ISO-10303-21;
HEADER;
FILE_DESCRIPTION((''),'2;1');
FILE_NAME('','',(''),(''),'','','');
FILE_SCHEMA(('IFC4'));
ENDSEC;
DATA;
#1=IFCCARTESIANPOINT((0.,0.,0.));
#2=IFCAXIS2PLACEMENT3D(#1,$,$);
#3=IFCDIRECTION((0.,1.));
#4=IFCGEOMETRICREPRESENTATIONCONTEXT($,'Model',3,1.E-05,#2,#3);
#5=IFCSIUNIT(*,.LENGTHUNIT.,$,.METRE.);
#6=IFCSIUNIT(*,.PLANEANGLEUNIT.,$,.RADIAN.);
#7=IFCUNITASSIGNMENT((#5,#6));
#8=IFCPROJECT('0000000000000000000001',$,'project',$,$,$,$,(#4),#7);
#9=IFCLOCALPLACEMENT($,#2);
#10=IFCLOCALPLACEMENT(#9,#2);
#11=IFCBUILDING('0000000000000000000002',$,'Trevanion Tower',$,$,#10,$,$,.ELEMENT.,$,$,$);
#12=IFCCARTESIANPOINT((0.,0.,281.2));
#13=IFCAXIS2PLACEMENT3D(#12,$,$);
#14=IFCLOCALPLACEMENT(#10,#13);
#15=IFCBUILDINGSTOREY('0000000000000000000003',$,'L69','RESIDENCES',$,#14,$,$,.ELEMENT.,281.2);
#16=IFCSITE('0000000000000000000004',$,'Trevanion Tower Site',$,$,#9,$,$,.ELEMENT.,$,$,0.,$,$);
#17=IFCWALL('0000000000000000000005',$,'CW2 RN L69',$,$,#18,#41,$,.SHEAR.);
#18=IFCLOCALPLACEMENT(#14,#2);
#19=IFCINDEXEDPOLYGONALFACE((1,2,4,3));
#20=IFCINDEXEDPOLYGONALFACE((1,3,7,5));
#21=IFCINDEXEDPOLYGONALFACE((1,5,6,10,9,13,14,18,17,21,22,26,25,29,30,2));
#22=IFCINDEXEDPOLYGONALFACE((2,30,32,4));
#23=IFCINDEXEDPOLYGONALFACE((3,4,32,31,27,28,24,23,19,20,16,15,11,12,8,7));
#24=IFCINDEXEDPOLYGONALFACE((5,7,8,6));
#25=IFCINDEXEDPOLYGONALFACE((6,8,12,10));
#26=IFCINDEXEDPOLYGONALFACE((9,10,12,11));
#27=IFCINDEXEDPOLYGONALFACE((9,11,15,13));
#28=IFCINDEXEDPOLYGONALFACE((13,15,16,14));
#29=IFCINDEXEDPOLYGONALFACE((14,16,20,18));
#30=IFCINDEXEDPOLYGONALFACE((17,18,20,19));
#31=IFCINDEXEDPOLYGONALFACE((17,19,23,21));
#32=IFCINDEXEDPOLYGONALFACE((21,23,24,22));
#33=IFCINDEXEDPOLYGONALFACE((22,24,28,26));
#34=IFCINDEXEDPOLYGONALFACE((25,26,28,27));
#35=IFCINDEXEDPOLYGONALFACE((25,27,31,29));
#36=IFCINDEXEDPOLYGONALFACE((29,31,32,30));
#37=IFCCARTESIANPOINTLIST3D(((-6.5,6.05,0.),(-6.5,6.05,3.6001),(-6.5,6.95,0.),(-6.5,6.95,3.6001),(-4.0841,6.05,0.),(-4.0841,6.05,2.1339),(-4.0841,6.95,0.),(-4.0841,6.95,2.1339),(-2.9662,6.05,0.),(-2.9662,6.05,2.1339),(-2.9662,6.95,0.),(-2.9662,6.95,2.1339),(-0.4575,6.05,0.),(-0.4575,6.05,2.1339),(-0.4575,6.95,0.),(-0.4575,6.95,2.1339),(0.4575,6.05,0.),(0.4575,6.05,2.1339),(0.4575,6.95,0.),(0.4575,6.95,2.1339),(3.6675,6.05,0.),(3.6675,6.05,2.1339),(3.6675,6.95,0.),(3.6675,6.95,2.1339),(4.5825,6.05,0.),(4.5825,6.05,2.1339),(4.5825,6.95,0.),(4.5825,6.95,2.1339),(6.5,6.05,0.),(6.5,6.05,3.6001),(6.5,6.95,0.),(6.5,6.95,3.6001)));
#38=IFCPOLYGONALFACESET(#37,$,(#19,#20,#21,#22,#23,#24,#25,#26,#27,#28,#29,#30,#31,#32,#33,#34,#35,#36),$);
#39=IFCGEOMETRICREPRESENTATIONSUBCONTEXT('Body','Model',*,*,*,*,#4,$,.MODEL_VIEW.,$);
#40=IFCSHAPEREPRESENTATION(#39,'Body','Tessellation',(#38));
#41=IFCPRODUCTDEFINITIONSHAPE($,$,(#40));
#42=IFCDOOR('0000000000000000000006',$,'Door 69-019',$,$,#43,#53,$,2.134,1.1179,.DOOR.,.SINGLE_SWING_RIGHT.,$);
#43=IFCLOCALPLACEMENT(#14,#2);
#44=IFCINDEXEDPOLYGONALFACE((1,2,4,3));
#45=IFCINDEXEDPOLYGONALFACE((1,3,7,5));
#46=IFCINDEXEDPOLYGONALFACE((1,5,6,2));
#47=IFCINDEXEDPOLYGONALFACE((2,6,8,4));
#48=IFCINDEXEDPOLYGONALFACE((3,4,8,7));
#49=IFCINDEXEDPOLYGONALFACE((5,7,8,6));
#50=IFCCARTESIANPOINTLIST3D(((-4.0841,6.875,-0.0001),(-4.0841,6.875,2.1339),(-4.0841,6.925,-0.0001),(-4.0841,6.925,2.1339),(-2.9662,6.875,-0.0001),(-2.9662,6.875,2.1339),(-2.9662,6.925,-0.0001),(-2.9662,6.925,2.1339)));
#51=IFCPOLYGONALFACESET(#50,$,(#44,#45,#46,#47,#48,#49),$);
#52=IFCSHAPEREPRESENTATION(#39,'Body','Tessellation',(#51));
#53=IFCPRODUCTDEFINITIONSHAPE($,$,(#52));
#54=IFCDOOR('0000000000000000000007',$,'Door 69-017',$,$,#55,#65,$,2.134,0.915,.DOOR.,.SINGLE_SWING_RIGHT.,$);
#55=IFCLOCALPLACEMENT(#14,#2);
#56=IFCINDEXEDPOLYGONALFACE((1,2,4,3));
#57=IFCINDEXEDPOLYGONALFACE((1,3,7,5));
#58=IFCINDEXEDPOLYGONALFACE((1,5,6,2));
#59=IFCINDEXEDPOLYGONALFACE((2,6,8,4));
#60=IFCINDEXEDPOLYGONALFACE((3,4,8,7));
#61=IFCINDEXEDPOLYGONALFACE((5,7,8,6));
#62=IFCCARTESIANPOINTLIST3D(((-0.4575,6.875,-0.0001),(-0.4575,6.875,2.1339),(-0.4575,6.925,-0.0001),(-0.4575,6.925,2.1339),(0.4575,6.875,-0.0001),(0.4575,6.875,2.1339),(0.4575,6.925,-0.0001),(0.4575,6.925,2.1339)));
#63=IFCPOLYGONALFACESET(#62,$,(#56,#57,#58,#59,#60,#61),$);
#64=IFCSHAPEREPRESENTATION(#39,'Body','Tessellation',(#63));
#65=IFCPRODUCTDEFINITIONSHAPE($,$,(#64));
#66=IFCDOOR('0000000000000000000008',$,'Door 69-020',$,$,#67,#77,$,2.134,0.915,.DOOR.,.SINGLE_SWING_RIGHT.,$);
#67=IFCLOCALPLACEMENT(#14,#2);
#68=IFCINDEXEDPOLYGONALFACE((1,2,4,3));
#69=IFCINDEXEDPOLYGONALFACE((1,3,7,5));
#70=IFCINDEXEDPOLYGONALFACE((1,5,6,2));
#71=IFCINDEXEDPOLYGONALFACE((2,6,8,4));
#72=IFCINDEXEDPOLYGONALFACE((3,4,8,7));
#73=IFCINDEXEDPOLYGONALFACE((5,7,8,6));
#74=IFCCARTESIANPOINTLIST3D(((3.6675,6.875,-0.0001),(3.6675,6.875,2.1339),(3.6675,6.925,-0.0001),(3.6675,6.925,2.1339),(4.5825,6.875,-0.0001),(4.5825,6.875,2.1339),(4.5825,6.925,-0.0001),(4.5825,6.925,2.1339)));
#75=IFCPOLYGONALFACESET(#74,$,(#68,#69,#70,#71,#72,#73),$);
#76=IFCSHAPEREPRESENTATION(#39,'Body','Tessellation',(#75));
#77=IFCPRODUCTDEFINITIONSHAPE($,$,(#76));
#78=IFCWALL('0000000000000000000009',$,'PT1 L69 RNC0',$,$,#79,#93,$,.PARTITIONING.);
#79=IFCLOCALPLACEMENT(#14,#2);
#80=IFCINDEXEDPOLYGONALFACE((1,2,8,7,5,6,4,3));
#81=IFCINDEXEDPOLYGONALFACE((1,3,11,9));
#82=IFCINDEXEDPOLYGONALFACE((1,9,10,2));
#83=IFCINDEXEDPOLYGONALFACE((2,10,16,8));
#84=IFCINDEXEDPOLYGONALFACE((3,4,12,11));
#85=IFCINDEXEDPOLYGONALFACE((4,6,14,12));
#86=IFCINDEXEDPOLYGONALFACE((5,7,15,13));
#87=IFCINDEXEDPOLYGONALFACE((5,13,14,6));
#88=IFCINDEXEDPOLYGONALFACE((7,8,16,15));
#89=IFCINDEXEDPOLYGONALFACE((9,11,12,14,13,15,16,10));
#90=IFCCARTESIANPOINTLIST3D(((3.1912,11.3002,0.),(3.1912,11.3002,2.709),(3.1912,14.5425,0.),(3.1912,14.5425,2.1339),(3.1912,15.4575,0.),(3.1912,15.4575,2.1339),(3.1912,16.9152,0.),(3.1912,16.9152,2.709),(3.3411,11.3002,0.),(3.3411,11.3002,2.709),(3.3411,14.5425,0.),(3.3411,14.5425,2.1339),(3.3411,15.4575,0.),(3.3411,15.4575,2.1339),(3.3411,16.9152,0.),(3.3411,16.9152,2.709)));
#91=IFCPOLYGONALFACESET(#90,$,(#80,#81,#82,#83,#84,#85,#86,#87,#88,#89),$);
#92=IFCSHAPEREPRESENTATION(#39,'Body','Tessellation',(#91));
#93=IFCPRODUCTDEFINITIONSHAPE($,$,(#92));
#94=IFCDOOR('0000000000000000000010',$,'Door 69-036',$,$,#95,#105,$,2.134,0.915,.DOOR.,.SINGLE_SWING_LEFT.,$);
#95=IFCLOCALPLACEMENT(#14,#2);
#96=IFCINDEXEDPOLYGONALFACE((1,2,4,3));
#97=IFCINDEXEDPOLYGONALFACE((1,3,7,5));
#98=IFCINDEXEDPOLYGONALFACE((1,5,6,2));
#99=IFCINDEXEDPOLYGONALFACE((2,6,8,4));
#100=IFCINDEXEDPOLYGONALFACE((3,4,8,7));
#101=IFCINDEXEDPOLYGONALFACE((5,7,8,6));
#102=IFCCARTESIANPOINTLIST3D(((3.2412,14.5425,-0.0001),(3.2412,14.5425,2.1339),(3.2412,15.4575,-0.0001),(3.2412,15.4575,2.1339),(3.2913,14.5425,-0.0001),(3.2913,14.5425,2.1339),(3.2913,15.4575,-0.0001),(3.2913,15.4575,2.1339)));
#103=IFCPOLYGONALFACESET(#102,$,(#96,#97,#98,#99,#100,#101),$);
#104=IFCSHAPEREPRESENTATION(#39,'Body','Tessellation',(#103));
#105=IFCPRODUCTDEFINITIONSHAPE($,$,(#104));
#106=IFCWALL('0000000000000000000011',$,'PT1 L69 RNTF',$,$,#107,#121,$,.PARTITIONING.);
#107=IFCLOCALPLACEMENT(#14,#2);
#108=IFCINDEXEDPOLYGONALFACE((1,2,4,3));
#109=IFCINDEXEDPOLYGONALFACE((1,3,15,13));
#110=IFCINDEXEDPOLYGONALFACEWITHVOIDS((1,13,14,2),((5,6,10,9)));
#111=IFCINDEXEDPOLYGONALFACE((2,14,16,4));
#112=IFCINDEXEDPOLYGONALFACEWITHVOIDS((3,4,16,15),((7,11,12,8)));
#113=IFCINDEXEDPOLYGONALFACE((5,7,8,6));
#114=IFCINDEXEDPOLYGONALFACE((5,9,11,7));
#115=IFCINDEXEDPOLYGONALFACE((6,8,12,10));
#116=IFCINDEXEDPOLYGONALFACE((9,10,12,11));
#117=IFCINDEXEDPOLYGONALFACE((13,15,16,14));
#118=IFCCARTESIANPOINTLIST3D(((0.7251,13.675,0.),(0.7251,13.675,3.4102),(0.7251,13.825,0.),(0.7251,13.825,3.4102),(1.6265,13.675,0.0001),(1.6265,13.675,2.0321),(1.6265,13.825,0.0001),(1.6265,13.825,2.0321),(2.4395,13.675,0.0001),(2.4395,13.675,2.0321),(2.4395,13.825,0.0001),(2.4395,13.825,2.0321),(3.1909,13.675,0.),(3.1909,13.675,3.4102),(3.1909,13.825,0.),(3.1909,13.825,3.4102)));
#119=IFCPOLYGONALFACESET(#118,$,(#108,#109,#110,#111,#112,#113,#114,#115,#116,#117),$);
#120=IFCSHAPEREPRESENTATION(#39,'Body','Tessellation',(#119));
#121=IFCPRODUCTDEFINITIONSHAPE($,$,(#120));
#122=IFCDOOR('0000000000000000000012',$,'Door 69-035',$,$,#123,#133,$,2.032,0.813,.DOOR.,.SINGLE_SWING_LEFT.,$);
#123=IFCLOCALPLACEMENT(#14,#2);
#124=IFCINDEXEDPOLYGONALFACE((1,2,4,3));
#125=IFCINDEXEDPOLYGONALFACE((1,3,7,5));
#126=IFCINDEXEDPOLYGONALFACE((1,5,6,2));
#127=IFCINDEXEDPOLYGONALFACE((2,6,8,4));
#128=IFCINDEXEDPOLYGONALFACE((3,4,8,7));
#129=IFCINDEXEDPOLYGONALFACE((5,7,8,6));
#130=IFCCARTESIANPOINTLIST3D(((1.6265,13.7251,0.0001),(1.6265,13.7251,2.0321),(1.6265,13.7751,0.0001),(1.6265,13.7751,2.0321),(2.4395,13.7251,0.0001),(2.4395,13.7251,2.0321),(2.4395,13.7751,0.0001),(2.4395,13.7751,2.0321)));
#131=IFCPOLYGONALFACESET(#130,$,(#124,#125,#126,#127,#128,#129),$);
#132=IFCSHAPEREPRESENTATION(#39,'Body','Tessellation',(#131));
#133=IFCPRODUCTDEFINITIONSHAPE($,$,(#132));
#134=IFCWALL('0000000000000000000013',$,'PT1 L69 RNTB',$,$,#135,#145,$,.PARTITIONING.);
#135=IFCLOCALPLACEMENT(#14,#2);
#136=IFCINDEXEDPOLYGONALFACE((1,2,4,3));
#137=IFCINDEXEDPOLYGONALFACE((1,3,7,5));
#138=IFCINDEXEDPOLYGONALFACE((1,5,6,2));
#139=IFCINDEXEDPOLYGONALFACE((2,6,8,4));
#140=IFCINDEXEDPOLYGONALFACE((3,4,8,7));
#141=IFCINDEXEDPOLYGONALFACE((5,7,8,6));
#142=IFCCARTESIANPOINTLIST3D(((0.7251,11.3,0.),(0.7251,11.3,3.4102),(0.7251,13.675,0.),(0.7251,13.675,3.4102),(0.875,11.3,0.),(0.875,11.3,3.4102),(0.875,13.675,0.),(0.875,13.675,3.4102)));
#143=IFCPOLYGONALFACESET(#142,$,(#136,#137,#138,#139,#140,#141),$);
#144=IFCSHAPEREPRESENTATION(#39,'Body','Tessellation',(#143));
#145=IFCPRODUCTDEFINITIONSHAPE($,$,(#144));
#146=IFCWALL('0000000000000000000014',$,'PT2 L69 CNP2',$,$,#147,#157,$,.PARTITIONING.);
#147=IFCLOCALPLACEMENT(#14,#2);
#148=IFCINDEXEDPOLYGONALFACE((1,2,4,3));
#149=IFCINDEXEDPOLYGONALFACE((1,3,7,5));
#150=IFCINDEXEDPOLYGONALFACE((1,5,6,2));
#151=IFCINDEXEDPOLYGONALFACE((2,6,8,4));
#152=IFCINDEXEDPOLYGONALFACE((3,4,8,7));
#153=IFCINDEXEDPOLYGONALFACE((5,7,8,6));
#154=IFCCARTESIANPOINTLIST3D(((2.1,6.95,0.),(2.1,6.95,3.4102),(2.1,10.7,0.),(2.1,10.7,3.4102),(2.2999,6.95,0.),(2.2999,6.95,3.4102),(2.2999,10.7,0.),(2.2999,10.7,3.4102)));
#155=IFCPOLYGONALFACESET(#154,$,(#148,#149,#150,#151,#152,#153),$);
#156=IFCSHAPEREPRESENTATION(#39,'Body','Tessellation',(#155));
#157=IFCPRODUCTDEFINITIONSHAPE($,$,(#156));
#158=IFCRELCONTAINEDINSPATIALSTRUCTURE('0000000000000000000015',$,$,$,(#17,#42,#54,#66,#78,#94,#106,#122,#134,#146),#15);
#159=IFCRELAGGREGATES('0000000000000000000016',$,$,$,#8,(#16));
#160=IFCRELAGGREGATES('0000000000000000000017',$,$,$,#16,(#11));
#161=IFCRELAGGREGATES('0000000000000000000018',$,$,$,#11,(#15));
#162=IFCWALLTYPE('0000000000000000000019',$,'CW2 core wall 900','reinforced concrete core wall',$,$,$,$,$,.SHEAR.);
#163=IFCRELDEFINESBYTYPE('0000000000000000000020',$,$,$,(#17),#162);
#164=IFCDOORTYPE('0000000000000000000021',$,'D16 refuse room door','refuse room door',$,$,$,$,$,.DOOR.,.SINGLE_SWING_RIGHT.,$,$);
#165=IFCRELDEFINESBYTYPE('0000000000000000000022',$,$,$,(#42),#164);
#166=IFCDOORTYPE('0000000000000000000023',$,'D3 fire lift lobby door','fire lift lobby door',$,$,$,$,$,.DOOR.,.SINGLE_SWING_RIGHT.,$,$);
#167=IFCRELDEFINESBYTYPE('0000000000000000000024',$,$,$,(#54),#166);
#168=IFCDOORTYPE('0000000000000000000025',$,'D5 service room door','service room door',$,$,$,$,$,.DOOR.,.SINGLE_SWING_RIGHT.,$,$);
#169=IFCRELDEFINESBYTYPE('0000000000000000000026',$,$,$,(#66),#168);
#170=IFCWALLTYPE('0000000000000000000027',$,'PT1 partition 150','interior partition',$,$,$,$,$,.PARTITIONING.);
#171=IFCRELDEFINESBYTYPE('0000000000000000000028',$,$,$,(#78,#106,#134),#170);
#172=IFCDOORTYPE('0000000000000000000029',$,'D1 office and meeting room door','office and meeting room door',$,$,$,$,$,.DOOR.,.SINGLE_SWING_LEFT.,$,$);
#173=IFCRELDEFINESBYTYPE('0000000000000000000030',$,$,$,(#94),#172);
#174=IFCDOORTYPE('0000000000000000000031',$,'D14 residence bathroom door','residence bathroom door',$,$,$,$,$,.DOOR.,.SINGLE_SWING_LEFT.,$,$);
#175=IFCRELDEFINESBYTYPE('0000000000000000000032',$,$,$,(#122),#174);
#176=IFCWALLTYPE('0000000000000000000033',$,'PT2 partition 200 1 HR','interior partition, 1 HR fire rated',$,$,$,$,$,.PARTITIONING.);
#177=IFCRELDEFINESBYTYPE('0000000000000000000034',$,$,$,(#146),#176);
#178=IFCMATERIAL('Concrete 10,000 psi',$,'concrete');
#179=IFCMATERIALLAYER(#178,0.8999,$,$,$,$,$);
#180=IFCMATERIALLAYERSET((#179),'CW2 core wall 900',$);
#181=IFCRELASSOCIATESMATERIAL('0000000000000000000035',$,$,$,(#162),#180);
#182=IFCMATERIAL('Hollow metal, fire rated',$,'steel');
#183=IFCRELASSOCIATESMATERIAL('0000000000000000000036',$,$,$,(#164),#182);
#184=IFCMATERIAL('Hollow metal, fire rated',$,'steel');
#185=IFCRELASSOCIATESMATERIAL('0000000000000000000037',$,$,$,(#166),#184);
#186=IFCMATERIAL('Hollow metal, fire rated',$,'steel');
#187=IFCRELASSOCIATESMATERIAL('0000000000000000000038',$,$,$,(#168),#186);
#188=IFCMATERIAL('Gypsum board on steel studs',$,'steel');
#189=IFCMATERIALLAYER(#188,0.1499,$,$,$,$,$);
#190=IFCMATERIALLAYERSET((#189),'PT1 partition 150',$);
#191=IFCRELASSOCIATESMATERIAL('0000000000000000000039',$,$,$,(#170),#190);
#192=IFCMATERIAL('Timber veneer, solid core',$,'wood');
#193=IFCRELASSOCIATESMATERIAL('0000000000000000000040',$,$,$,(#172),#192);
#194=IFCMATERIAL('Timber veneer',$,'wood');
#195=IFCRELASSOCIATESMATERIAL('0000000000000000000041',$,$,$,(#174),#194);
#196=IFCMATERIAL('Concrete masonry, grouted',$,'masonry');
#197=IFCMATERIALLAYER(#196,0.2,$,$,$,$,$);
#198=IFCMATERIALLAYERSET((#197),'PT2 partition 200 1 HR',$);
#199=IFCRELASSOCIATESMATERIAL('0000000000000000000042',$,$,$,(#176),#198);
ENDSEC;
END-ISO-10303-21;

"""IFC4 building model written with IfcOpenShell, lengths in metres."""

from ifc_helpers import new_model, si_unit, direction, frame, frame_2d, origin, place, context, subcontext, project, spatial, rectangle, extrude, material, layer, layer_set, type_object, element, fill, save


model = new_model("IFC4")

# Units and contexts
model_context = context("Model", 3, precision=1e-05, world=origin(), true_north=direction((0.0, 1.0)))
body_context = subcontext(model_context, "Body", "Model", "MODEL_VIEW")
ifc_project = project(units=[si_unit("LENGTHUNIT", "METRE"), si_unit("PLANEANGLEUNIT", "RADIAN")], contexts=[model_context])

# Site, building, storey
site_placement = place(None, origin())
site = spatial("IfcSite", under=ifc_project, at=site_placement, Name="Trevanion Tower Site", CompositionType="ELEMENT", RefElevation=0.0)
building_placement = place(site_placement, origin())
building = spatial("IfcBuilding", under=site, at=building_placement, Name="Trevanion Tower", CompositionType="ELEMENT")
storey_placement = place(building_placement, frame((0.0, 0.0, 281.2)))
storey = spatial("IfcBuildingStorey", under=building, at=storey_placement, Name="L69", Description="RESIDENCES", CompositionType="ELEMENT", Elevation=281.2)

# Wall, openings, doors
ifc_material_1 = material(Name="Concrete 10,000 psi", Category="concrete")
ifc_layer_1 = layer(ifc_material_1, 0.8999)
ifc_layer_set_1 = layer_set([ifc_layer_1], Name="CW2 core wall 900")
wall_type_1 = type_object("IfcWallType", Name="CW2 core wall 900", Description="reinforced concrete core wall", PredefinedType="SHEAR", material=ifc_layer_set_1)
wall_1_placement = place(storey_placement, frame((6.5, 6.5, 0.0), z_axis=(0.0, 0.0, 1.0), x_axis=(-1.0, 0.0, 0.0)))
wall_1 = element("IfcWall", 1, at=wall_1_placement, inside=storey, type_object=wall_type_1, Name="CW2 RN L69", PredefinedType="SHEAR", context=body_context, shape_type="SweptSolid", body=[
    extrude(rectangle(XDim=13.0, YDim=0.8999, at=frame_2d((6.5, 0.0))), origin(), (0.0, 0.0, 1.0), 3.6001),
])
opening_1_placement = place(wall_1_placement, frame((6.0425, 0.0, 0.0)))
opening_1 = element("IfcOpeningElement", 2, at=opening_1_placement, cuts=wall_1, PredefinedType="OPENING", context=body_context, shape_type="SweptSolid", body=[
    extrude(rectangle(XDim=0.915, YDim=2.134, at=frame_2d((0.4575, 1.0669))), frame((0.0, 0.46, 0.0), z_axis=(0.0, -1.0, 0.0), x_axis=(1.0, 0.0, 0.0)), (0.0, 0.0, 1.0), 0.9199),
])
opening_2_placement = place(wall_1_placement, frame((9.4661, 0.0, 0.0)))
opening_2 = element("IfcOpeningElement", 3, at=opening_2_placement, cuts=wall_1, PredefinedType="OPENING", context=body_context, shape_type="SweptSolid", body=[
    extrude(rectangle(XDim=1.1179, YDim=2.134, at=frame_2d((0.5591, 1.0669))), frame((0.0, 0.46, 0.0), z_axis=(0.0, -1.0, 0.0), x_axis=(1.0, 0.0, 0.0)), (0.0, 0.0, 1.0), 0.9199),
])
opening_3_placement = place(wall_1_placement, frame((1.9175, 0.0, 0.0)))
opening_3 = element("IfcOpeningElement", 4, at=opening_3_placement, cuts=wall_1, PredefinedType="OPENING", context=body_context, shape_type="SweptSolid", body=[
    extrude(rectangle(XDim=0.915, YDim=2.134, at=frame_2d((0.4575, 1.0669))), frame((0.0, 0.46, 0.0), z_axis=(0.0, -1.0, 0.0), x_axis=(1.0, 0.0, 0.0)), (0.0, 0.0, 1.0), 0.9199),
])
ifc_material_2 = material(Name="Hollow metal, fire rated", Category="steel")
door_type_1 = type_object("IfcDoorType", Name="D16 refuse room door", Description="refuse room door", OperationType="SINGLE_SWING_RIGHT", PredefinedType="DOOR", material=ifc_material_2)
door_1_placement = place(opening_2_placement, origin())
door_1 = element("IfcDoor", 5, at=door_1_placement, inside=storey, type_object=door_type_1, Name="Door 69-019", OperationType="SINGLE_SWING_RIGHT", OverallHeight=2.134, OverallWidth=1.1179, PredefinedType="DOOR", context=body_context, shape_type="SweptSolid", body=[
    extrude(rectangle(XDim=1.1179, YDim=2.134, at=frame_2d((0.5591, 1.0669))), frame((0.0, -0.375, 0.0), z_axis=(0.0, -1.0, 0.0), x_axis=(1.0, 0.0, 0.0)), (0.0, 0.0, 1.0), 0.05),
])
fill(opening_2, door_1)
ifc_material_3 = material(Name="Hollow metal, fire rated", Category="steel")
door_type_2 = type_object("IfcDoorType", Name="D3 fire lift lobby door", Description="fire lift lobby door", OperationType="SINGLE_SWING_RIGHT", PredefinedType="DOOR", material=ifc_material_3)
door_2_placement = place(opening_1_placement, origin())
door_2 = element("IfcDoor", 6, at=door_2_placement, inside=storey, type_object=door_type_2, Name="Door 69-017", OperationType="SINGLE_SWING_RIGHT", OverallHeight=2.134, OverallWidth=0.915, PredefinedType="DOOR", context=body_context, shape_type="SweptSolid", body=[
    extrude(rectangle(XDim=0.915, YDim=2.134, at=frame_2d((0.4575, 1.0669))), frame((0.0, -0.375, 0.0), z_axis=(0.0, -1.0, 0.0), x_axis=(1.0, 0.0, 0.0)), (0.0, 0.0, 1.0), 0.05),
])
fill(opening_1, door_2)
ifc_material_4 = material(Name="Hollow metal, fire rated", Category="steel")
door_type_3 = type_object("IfcDoorType", Name="D5 service room door", Description="service room door", OperationType="SINGLE_SWING_RIGHT", PredefinedType="DOOR", material=ifc_material_4)
door_3_placement = place(opening_3_placement, origin())
door_3 = element("IfcDoor", 7, at=door_3_placement, inside=storey, type_object=door_type_3, Name="Door 69-020", OperationType="SINGLE_SWING_RIGHT", OverallHeight=2.134, OverallWidth=0.915, PredefinedType="DOOR", context=body_context, shape_type="SweptSolid", body=[
    extrude(rectangle(XDim=0.915, YDim=2.134, at=frame_2d((0.4575, 1.0669))), frame((0.0, -0.375, 0.0), z_axis=(0.0, -1.0, 0.0), x_axis=(1.0, 0.0, 0.0)), (0.0, 0.0, 1.0), 0.05),
])
fill(opening_3, door_3)

# Walls, openings, doors
ifc_material_5 = material(Name="Gypsum board on steel studs", Category="steel")
ifc_layer_2 = layer(ifc_material_5, 0.1499)
ifc_layer_set_2 = layer_set([ifc_layer_2], Name="PT1 partition 150")
wall_type_2 = type_object("IfcWallType", Name="PT1 partition 150", Description="interior partition", PredefinedType="PARTITIONING", material=ifc_layer_set_2)
wall_2_placement = place(storey_placement, frame((3.2661, 11.3, 0.0), z_axis=(0.0, 0.0, 1.0), x_axis=(0.0, 1.0, 0.0)))
wall_2 = element("IfcWall", 8, at=wall_2_placement, inside=storey, type_object=wall_type_2, Name="PT1 L69 RNC0", PredefinedType="PARTITIONING", context=body_context, shape_type="SweptSolid", body=[
    extrude(rectangle(XDim=5.615, YDim=0.1499, at=frame_2d((2.8076, 0.0))), origin(), (0.0, 0.0, 1.0), 2.709),
])
opening_4_placement = place(wall_2_placement, frame((3.2424, 0.0, 0.0)))
opening_4 = element("IfcOpeningElement", 9, at=opening_4_placement, cuts=wall_2, PredefinedType="OPENING", context=body_context, shape_type="SweptSolid", body=[
    extrude(rectangle(XDim=0.915, YDim=2.134, at=frame_2d((0.4575, 1.0669))), frame((0.0, 0.085, 0.0), z_axis=(0.0, -1.0, 0.0), x_axis=(1.0, 0.0, 0.0)), (0.0, 0.0, 1.0), 0.1699),
])
ifc_material_6 = material(Name="Timber veneer, solid core", Category="wood")
door_type_4 = type_object("IfcDoorType", Name="D1 office and meeting room door", Description="office and meeting room door", OperationType="SINGLE_SWING_LEFT", PredefinedType="DOOR", material=ifc_material_6)
door_4_placement = place(opening_4_placement, origin())
door_4 = element("IfcDoor", 10, at=door_4_placement, inside=storey, type_object=door_type_4, Name="Door 69-036", OperationType="SINGLE_SWING_LEFT", OverallHeight=2.134, OverallWidth=0.915, PredefinedType="DOOR", context=body_context, shape_type="SweptSolid", body=[
    extrude(rectangle(XDim=0.915, YDim=2.134, at=frame_2d((0.4575, 1.0669))), frame((0.0, 0.0249, 0.0), z_axis=(0.0, -1.0, 0.0), x_axis=(1.0, 0.0, 0.0)), (0.0, 0.0, 1.0), 0.05),
])
fill(opening_4, door_4)
wall_3_placement = place(storey_placement, frame((3.1909, 13.75, 0.0), z_axis=(0.0, 0.0, 1.0), x_axis=(-1.0, 0.0, 0.0)))
wall_3 = element("IfcWall", 11, at=wall_3_placement, inside=storey, type_object=wall_type_2, Name="PT1 L69 RNTF", PredefinedType="PARTITIONING", context=body_context, shape_type="SweptSolid", body=[
    extrude(rectangle(XDim=2.4658, YDim=0.1499, at=frame_2d((1.2329, 0.0))), origin(), (0.0, 0.0, 1.0), 3.4102),
])
opening_5_placement = place(wall_3_placement, frame((0.7515, 0.0, 0.0)))
opening_5 = element("IfcOpeningElement", 12, at=opening_5_placement, cuts=wall_3, PredefinedType="OPENING", context=body_context, shape_type="SweptSolid", body=[
    extrude(rectangle(XDim=0.813, YDim=2.032, at=frame_2d((0.4065, 1.0161))), frame((0.0, 0.085, 0.0), z_axis=(0.0, -1.0, 0.0), x_axis=(1.0, 0.0, 0.0)), (0.0, 0.0, 1.0), 0.1699),
])
ifc_material_7 = material(Name="Timber veneer", Category="wood")
door_type_5 = type_object("IfcDoorType", Name="D14 residence bathroom door", Description="residence bathroom door", OperationType="SINGLE_SWING_LEFT", PredefinedType="DOOR", material=ifc_material_7)
door_5_placement = place(opening_5_placement, origin())
door_5 = element("IfcDoor", 13, at=door_5_placement, inside=storey, type_object=door_type_5, Name="Door 69-035", OperationType="SINGLE_SWING_LEFT", OverallHeight=2.032, OverallWidth=0.813, PredefinedType="DOOR", context=body_context, shape_type="SweptSolid", body=[
    extrude(rectangle(XDim=0.813, YDim=2.032, at=frame_2d((0.4065, 1.0161))), frame((0.0, 0.0249, 0.0), z_axis=(0.0, -1.0, 0.0), x_axis=(1.0, 0.0, 0.0)), (0.0, 0.0, 1.0), 0.05),
])
fill(opening_5, door_5)

# Walls
wall_4_placement = place(storey_placement, frame((0.8, 11.3, 0.0), z_axis=(0.0, 0.0, 1.0), x_axis=(0.0, 1.0, 0.0)))
element("IfcWall", 14, at=wall_4_placement, inside=storey, type_object=wall_type_2, Name="PT1 L69 RNTB", PredefinedType="PARTITIONING", context=body_context, shape_type="SweptSolid", body=[
    extrude(rectangle(XDim=2.375, YDim=0.1499, at=frame_2d((1.1875, 0.0))), origin(), (0.0, 0.0, 1.0), 3.4102),
])
ifc_material_8 = material(Name="Concrete masonry, grouted", Category="masonry")
ifc_layer_3 = layer(ifc_material_8, 0.2)
ifc_layer_set_3 = layer_set([ifc_layer_3], Name="PT2 partition 200 1 HR")
wall_type_3 = type_object("IfcWallType", Name="PT2 partition 200 1 HR", Description="interior partition, 1 HR fire rated", PredefinedType="PARTITIONING", material=ifc_layer_set_3)
wall_5_placement = place(storey_placement, frame((2.2, 6.95, 0.0), z_axis=(0.0, 0.0, 1.0), x_axis=(0.0, 1.0, 0.0)))
element("IfcWall", 15, at=wall_5_placement, inside=storey, type_object=wall_type_3, Name="PT2 L69 CNP2", PredefinedType="PARTITIONING", context=body_context, shape_type="SweptSolid", body=[
    extrude(rectangle(XDim=3.75, YDim=0.2, at=frame_2d((1.875, 0.0))), origin(), (0.0, 0.0, 1.0), 3.4102),
])

save(model, "model.ifc")
